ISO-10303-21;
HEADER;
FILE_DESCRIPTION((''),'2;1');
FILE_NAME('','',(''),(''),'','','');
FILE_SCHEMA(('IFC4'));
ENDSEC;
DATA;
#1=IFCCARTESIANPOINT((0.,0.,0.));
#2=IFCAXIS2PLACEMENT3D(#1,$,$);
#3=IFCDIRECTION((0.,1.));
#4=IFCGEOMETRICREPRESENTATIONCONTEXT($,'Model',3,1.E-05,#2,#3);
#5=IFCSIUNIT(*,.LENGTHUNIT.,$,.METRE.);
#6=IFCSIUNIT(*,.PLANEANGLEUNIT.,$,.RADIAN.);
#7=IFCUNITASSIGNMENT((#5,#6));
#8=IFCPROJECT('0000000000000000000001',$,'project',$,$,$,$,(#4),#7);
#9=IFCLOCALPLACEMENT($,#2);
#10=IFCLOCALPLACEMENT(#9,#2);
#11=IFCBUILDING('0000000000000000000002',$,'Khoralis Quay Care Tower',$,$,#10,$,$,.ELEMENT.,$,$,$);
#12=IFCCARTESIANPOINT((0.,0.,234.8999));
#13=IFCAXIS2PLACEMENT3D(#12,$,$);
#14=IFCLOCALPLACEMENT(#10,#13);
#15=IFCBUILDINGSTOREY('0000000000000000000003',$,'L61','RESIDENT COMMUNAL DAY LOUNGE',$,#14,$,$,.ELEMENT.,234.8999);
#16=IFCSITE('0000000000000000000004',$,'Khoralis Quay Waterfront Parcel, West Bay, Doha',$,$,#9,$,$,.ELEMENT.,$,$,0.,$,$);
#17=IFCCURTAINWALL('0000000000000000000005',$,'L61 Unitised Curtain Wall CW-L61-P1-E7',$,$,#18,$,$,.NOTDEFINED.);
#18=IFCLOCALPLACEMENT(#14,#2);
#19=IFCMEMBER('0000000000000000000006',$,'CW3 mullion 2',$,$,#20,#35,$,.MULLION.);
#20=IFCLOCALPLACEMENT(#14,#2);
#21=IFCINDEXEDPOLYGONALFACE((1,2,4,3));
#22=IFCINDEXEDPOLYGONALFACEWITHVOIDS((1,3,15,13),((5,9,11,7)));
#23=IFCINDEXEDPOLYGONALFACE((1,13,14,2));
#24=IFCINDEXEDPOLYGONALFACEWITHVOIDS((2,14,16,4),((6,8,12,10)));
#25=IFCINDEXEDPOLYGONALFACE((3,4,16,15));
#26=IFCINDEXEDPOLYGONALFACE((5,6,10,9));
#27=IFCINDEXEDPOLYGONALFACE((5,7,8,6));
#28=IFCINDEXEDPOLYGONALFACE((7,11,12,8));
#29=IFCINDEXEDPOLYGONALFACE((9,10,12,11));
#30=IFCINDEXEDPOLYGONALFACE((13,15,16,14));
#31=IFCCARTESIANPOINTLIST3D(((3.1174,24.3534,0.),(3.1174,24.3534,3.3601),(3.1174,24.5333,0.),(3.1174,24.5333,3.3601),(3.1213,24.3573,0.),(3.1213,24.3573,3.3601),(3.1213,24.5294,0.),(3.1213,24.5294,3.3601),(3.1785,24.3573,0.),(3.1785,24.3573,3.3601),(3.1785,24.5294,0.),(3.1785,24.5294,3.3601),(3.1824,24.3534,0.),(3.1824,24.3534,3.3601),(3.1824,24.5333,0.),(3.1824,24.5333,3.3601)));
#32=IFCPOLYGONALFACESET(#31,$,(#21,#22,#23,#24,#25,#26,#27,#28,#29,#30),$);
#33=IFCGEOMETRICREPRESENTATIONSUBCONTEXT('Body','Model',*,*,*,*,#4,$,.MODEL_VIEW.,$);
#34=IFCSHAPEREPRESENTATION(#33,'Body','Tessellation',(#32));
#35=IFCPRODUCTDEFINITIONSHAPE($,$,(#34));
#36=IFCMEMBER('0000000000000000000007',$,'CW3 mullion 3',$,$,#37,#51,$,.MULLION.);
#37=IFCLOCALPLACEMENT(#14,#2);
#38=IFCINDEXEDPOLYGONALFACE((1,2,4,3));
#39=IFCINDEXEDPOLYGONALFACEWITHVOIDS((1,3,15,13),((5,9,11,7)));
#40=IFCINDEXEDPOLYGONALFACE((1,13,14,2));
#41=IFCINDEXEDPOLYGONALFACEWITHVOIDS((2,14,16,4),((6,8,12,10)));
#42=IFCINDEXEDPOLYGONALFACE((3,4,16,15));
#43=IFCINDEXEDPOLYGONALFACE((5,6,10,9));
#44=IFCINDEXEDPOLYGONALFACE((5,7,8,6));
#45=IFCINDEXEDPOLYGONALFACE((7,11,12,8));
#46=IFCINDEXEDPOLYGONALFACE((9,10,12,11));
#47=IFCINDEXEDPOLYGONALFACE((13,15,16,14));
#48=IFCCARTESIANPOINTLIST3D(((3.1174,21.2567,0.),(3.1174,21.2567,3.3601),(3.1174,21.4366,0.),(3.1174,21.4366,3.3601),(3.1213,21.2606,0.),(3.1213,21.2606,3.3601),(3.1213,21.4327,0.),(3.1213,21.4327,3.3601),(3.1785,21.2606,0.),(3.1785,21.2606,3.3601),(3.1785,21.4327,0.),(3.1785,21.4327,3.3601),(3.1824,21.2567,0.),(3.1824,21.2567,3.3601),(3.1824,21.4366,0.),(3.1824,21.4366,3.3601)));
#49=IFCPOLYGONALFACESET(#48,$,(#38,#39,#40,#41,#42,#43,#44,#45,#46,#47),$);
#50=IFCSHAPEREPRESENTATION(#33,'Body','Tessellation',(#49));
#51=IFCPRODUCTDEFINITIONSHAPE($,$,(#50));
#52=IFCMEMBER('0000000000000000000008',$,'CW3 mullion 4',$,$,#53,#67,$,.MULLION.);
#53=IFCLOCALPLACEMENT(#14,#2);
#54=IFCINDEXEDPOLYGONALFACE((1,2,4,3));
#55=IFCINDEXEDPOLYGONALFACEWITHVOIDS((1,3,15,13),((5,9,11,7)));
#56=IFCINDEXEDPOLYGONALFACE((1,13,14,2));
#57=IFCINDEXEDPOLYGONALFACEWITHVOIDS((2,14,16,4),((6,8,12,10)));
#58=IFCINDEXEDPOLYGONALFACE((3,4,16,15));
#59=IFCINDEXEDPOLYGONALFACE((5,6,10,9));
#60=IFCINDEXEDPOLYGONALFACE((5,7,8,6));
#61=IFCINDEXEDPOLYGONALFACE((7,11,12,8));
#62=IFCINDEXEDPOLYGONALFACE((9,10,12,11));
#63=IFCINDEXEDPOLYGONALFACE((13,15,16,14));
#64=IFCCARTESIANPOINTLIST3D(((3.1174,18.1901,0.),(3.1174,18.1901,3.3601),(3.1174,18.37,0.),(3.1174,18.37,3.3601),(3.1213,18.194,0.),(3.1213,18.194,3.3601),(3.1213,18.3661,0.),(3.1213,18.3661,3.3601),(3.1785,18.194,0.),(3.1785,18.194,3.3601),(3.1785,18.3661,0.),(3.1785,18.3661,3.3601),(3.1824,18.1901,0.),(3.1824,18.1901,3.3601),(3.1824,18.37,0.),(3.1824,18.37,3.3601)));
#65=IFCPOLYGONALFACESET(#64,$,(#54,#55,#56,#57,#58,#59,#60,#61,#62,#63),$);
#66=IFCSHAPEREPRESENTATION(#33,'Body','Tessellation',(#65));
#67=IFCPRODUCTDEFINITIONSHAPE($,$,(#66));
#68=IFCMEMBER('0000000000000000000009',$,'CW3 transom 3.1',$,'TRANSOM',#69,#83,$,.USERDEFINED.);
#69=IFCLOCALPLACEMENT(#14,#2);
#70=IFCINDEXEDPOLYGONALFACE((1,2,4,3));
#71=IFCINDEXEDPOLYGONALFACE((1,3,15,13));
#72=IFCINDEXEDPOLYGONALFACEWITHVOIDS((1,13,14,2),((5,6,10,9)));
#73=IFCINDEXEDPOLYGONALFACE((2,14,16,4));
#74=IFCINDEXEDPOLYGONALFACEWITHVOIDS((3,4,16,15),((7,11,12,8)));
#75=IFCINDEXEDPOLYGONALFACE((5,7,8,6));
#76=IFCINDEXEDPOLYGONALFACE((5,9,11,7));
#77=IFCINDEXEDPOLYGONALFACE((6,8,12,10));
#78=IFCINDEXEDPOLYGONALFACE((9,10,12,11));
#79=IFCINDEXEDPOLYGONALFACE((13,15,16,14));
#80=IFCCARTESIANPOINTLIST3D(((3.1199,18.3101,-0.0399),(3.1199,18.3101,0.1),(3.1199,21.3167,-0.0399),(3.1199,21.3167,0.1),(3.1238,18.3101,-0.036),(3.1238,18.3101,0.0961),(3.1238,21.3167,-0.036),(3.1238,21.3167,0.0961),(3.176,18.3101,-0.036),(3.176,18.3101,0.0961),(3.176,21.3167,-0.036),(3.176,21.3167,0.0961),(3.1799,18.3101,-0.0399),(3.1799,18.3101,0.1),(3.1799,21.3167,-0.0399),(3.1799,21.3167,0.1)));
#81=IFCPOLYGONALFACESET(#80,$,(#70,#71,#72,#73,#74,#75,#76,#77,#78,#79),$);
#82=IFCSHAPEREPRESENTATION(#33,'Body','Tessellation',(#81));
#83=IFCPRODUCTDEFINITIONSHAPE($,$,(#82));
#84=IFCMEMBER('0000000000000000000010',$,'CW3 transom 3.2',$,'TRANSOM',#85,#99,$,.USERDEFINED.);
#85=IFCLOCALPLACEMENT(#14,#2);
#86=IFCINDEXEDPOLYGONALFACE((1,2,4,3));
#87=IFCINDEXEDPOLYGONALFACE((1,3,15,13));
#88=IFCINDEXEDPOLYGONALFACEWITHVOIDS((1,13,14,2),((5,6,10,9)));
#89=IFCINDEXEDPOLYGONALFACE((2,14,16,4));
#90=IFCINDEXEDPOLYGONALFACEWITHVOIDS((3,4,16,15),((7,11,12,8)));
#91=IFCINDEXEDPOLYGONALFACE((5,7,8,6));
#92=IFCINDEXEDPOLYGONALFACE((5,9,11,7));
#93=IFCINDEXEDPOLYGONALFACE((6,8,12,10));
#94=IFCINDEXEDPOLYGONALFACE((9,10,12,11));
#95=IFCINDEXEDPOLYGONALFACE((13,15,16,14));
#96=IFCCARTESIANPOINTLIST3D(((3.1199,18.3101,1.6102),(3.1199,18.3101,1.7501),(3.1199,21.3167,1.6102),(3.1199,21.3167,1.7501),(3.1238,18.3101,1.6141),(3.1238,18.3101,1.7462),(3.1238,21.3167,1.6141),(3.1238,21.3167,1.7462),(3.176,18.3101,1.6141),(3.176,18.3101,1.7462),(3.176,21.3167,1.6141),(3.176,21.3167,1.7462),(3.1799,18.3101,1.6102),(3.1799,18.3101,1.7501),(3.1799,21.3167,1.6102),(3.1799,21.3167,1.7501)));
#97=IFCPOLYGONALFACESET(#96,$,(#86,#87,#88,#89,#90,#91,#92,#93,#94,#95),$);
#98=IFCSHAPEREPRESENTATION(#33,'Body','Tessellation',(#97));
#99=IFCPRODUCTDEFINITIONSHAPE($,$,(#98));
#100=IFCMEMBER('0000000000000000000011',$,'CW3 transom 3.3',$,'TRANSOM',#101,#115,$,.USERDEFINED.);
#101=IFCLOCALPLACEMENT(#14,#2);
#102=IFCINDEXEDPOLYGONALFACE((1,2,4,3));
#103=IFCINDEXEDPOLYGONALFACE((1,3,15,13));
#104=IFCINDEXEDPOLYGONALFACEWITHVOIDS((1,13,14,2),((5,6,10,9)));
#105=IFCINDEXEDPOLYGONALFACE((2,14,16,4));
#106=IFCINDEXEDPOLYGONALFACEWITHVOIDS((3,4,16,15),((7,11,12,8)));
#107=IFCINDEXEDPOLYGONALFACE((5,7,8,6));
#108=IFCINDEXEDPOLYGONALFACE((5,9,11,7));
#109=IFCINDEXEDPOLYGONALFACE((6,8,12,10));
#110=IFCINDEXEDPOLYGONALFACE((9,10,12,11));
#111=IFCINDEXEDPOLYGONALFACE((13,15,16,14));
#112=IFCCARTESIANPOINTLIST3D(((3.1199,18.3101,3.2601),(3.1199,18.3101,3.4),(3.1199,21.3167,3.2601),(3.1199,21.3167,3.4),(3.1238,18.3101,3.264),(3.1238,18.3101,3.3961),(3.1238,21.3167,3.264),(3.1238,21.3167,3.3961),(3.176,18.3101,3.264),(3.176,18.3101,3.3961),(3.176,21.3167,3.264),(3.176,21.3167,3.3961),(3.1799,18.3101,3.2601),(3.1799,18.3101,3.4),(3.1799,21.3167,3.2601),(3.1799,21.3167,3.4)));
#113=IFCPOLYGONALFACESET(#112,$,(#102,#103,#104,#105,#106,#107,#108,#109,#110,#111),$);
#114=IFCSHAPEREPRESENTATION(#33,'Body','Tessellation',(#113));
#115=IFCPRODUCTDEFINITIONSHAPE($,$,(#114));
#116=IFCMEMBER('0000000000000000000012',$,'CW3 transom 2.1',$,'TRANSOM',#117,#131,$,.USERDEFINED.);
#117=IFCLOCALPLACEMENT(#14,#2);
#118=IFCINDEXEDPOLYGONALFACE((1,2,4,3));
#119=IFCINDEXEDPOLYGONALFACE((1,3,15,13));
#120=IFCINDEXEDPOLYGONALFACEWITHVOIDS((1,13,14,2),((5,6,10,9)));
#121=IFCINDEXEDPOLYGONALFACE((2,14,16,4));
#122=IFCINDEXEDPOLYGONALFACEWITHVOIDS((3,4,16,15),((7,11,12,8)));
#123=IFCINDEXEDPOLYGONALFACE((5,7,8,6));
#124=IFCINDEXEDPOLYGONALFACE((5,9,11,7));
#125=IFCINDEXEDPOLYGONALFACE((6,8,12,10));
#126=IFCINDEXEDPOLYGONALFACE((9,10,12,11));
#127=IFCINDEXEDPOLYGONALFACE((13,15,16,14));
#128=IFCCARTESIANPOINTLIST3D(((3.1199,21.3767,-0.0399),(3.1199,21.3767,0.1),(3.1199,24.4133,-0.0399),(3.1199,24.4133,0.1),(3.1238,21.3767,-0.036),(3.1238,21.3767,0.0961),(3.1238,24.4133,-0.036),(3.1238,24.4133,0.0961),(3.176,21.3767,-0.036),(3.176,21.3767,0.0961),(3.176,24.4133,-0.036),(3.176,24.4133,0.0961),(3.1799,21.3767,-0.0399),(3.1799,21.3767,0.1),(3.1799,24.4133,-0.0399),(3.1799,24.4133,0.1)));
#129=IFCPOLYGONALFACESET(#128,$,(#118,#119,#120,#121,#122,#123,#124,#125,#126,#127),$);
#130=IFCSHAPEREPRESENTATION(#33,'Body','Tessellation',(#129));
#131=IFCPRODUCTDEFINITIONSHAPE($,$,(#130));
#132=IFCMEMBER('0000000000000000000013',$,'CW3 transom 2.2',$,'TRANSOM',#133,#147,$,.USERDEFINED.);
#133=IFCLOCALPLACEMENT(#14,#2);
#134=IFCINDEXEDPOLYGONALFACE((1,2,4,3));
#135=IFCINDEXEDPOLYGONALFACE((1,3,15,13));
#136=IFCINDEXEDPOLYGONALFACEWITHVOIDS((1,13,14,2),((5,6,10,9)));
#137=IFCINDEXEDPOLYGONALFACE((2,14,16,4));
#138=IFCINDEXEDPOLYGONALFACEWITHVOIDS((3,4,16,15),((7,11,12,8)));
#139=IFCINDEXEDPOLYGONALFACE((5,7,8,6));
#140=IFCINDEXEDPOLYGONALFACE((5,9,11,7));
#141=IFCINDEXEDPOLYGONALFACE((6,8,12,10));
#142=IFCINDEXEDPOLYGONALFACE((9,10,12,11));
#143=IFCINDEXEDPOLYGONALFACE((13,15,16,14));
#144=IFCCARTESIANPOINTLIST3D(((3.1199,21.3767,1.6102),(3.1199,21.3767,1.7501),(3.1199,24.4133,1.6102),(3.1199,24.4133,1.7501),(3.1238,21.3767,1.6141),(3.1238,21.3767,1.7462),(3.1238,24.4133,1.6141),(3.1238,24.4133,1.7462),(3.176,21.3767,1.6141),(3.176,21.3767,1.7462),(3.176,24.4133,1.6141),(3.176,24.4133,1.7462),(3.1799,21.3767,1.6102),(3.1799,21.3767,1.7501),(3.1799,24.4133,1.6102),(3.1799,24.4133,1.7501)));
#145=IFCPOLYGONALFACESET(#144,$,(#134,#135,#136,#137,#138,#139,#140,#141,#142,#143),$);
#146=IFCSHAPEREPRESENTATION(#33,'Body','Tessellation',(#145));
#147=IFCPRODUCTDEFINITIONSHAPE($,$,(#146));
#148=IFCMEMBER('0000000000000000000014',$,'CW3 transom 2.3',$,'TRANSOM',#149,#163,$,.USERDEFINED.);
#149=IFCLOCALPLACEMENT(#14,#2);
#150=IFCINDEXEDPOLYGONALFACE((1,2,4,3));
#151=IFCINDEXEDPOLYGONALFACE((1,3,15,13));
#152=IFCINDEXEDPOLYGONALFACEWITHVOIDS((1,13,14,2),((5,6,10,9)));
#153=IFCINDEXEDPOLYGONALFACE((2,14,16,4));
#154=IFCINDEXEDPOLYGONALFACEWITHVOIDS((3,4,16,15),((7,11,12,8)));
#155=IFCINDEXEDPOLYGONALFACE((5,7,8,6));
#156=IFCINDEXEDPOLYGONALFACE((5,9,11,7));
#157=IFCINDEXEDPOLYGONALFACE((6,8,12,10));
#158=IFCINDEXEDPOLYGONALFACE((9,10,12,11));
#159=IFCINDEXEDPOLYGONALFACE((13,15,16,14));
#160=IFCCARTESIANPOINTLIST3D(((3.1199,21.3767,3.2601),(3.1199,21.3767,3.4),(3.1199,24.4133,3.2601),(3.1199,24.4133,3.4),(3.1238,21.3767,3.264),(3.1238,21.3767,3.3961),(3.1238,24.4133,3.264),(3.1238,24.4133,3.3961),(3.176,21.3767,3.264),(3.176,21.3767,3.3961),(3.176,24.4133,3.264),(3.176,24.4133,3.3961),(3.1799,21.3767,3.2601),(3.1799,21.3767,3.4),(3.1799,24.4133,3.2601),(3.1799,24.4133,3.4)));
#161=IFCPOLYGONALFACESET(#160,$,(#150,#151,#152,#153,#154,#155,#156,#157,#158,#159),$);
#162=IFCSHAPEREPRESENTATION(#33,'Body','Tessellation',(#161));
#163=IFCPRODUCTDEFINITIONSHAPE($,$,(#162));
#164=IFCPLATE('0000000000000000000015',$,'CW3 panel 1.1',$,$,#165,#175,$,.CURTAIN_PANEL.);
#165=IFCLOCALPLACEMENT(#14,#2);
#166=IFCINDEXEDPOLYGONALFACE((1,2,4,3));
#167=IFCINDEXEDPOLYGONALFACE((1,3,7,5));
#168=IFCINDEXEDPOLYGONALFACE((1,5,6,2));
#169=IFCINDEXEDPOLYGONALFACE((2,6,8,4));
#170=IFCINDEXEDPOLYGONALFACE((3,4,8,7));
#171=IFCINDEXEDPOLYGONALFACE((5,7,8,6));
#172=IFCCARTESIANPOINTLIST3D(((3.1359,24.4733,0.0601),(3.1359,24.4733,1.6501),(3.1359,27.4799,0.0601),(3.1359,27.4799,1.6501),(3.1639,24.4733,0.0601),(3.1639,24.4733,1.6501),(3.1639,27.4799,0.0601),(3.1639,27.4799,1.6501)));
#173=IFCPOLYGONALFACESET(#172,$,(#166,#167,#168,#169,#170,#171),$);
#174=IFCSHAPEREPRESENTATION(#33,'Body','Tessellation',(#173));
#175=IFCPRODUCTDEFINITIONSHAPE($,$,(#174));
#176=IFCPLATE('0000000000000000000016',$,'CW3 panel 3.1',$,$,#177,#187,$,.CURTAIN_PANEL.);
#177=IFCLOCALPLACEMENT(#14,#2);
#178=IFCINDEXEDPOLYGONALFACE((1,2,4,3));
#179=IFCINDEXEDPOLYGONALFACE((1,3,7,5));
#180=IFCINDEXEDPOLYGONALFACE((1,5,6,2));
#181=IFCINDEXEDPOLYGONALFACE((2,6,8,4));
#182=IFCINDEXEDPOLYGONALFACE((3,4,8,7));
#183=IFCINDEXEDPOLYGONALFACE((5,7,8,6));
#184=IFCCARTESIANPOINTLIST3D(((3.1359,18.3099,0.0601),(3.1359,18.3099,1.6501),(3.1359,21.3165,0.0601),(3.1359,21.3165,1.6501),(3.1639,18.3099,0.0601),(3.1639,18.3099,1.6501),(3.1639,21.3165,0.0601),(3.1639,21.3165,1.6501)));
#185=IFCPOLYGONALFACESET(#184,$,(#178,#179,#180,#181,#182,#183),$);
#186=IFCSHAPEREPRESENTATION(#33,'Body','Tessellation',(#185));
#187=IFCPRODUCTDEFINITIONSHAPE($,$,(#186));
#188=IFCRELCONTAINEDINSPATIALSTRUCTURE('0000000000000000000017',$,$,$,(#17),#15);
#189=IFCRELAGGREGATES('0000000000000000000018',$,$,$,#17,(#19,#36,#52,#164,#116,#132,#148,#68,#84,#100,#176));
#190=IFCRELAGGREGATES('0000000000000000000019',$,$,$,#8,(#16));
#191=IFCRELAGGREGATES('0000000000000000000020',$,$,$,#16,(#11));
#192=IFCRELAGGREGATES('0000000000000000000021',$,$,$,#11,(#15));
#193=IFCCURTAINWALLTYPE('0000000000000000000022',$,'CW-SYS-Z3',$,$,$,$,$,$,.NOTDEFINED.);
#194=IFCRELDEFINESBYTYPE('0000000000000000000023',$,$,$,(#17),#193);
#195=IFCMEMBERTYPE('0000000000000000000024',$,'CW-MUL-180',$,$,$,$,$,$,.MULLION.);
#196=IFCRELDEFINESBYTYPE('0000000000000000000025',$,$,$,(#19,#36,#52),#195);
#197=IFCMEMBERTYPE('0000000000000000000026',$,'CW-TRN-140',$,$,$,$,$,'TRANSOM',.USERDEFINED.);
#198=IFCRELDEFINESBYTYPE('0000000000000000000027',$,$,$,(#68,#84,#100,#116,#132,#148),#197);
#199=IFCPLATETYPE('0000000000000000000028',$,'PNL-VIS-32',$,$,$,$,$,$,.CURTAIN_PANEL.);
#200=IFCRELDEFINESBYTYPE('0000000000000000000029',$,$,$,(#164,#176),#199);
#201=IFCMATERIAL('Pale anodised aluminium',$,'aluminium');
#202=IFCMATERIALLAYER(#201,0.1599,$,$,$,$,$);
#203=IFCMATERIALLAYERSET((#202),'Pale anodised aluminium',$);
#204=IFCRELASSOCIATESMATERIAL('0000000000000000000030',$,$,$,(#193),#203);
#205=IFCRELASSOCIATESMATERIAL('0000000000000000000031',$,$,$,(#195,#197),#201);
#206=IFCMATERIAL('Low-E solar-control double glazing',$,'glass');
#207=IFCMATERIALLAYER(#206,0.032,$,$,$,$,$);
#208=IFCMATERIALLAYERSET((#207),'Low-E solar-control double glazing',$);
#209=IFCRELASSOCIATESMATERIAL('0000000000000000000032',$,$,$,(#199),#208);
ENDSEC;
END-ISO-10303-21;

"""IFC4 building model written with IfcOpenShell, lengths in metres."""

from ifc_helpers import new_model, si_unit, direction, frame, origin, origin_2d, place, context, subcontext, project, spatial, rectangle, hollow_rectangle, extrude, source, transform, mapped, material, layer, layer_set, material_profile, profile_set, type_object, element, aggregate, save


model = new_model("IFC4")

# Units and contexts
model_context = context("Model", 3, precision=1e-05, world=origin(), true_north=direction((0.0, 1.0)))
body_context = subcontext(model_context, "Body", "Model", "MODEL_VIEW")
ifc_project = project(units=[si_unit("LENGTHUNIT", "METRE"), si_unit("PLANEANGLEUNIT", "RADIAN")], contexts=[model_context])

# Site, building, storey
site_placement = place(None, origin())
site = spatial("IfcSite", under=ifc_project, at=site_placement, Name="Khoralis Quay Waterfront Parcel, West Bay, Doha", CompositionType="ELEMENT", RefElevation=0.0)
building_placement = place(site_placement, origin())
building = spatial("IfcBuilding", under=site, at=building_placement, Name="Khoralis Quay Care Tower", CompositionType="ELEMENT")
storey_placement = place(building_placement, frame((0.0, 0.0, 234.8999)))
storey = spatial("IfcBuildingStorey", under=building, at=storey_placement, Name="L61", Description="RESIDENT COMMUNAL DAY LOUNGE", CompositionType="ELEMENT", Elevation=234.8999)

# Curtain wall, members, plates
ifc_material_1 = material(Name="Pale anodised aluminium", Category="aluminium")
ifc_layer_1 = layer(ifc_material_1, 0.1599)
ifc_layer_set_1 = layer_set([ifc_layer_1], Name="Pale anodised aluminium")
curtain_wall_type = type_object("IfcCurtainWallType", Name="CW-SYS-Z3", PredefinedType="NOTDEFINED", material=ifc_layer_set_1)
curtain_wall_placement = place(storey_placement, origin())
curtain_wall = element("IfcCurtainWall", 1, at=curtain_wall_placement, inside=storey, type_object=curtain_wall_type, Name="L61 Unitised Curtain Wall CW-L61-P1-E7", PredefinedType="NOTDEFINED")
ifc_material_profile_1 = material_profile(ifc_material_1, hollow_rectangle(XDim=0.0649, YDim=0.1799, WallThickness=0.0039, at=origin_2d()), Name="Pale anodised aluminium")
ifc_profile_set_1 = profile_set([ifc_material_profile_1], Name="Pale anodised aluminium")
member_type_1 = type_object("IfcMemberType", Name="CW-MUL-180", PredefinedType="MULLION", material=ifc_profile_set_1)
shared_shape_1 = source(origin(), body_context, "Body", "SweptSolid", [
    extrude(hollow_rectangle(XDim=0.0649, YDim=0.1799, WallThickness=0.0039, at=origin_2d()), origin(), (0.0, 0.0, 1.0), 3.3601),
])
member_1_placement = place(storey_placement, frame((3.1499, 24.4434, 0.0), z_axis=(0.0, 0.0, 1.0), x_axis=(1.0, 0.0, 0.0)))
member_1 = element("IfcMember", 2, at=member_1_placement, type_object=member_type_1, Name="CW3 mullion 2", PredefinedType="MULLION", context=body_context, shape_type="MappedRepresentation", body=[
    mapped(shared_shape_1, transform((0.0, 0.0, 0.0), scale=1.0)),
])
member_2_placement = place(storey_placement, frame((3.1499, 21.3467, 0.0), z_axis=(0.0, 0.0, 1.0), x_axis=(1.0, 0.0, 0.0)))
member_2 = element("IfcMember", 3, at=member_2_placement, type_object=member_type_1, Name="CW3 mullion 3", PredefinedType="MULLION", context=body_context, shape_type="MappedRepresentation", body=[
    mapped(shared_shape_1, transform((0.0, 0.0, 0.0), scale=1.0)),
])
member_3_placement = place(storey_placement, frame((3.1499, 18.28, 0.0), z_axis=(0.0, 0.0, 1.0), x_axis=(1.0, 0.0, 0.0)))
member_3 = element("IfcMember", 4, at=member_3_placement, type_object=member_type_1, Name="CW3 mullion 4", PredefinedType="MULLION", context=body_context, shape_type="MappedRepresentation", body=[
    mapped(shared_shape_1, transform((0.0, 0.0, 0.0), scale=1.0)),
])
ifc_material_profile_2 = material_profile(ifc_material_1, hollow_rectangle(XDim=0.0601, YDim=0.1399, WallThickness=0.0039, at=origin_2d()), Name="Pale anodised aluminium")
ifc_profile_set_2 = profile_set([ifc_material_profile_2], Name="Pale anodised aluminium")
member_type_2 = type_object("IfcMemberType", Name="CW-TRN-140", ElementType="TRANSOM", PredefinedType="USERDEFINED", material=ifc_profile_set_2)
shared_shape_2 = source(origin(), body_context, "Body", "SweptSolid", [
    extrude(hollow_rectangle(XDim=0.0601, YDim=0.1399, WallThickness=0.0039, at=origin_2d()), origin(), (0.0, 0.0, 1.0), 3.0066),
])
member_4_placement = place(storey_placement, frame((3.1499, 21.3167, 0.03), z_axis=(0.0, -1.0, 0.0), x_axis=(1.0, 0.0, 0.0)))
member_4 = element("IfcMember", 5, at=member_4_placement, type_object=member_type_2, Name="CW3 transom 3.1", ObjectType="TRANSOM", PredefinedType="USERDEFINED", context=body_context, shape_type="MappedRepresentation", body=[
    mapped(shared_shape_2, transform((0.0, 0.0, 0.0), scale=1.0)),
])
member_5_placement = place(storey_placement, frame((3.1499, 21.3167, 1.6802), z_axis=(0.0, -1.0, 0.0), x_axis=(1.0, 0.0, 0.0)))
member_5 = element("IfcMember", 6, at=member_5_placement, type_object=member_type_2, Name="CW3 transom 3.2", ObjectType="TRANSOM", PredefinedType="USERDEFINED", context=body_context, shape_type="MappedRepresentation", body=[
    mapped(shared_shape_2, transform((0.0, 0.0, 0.0), scale=1.0)),
])
member_6_placement = place(storey_placement, frame((3.1499, 21.3167, 3.3301), z_axis=(0.0, -1.0, 0.0), x_axis=(1.0, 0.0, 0.0)))
member_6 = element("IfcMember", 7, at=member_6_placement, type_object=member_type_2, Name="CW3 transom 3.3", ObjectType="TRANSOM", PredefinedType="USERDEFINED", context=body_context, shape_type="MappedRepresentation", body=[
    mapped(shared_shape_2, transform((0.0, 0.0, 0.0), scale=1.0)),
])
shared_shape_3 = source(origin(), body_context, "Body", "SweptSolid", [
    extrude(hollow_rectangle(XDim=0.0601, YDim=0.1399, WallThickness=0.0039, at=origin_2d()), origin(), (0.0, 0.0, 1.0), 3.0366),
])
member_7_placement = place(storey_placement, frame((3.1499, 24.4133, 0.03), z_axis=(0.0, -1.0, 0.0), x_axis=(1.0, 0.0, 0.0)))
member_7 = element("IfcMember", 8, at=member_7_placement, type_object=member_type_2, Name="CW3 transom 2.1", ObjectType="TRANSOM", PredefinedType="USERDEFINED", context=body_context, shape_type="MappedRepresentation", body=[
    mapped(shared_shape_3, transform((0.0, 0.0, 0.0), scale=1.0)),
])
member_8_placement = place(storey_placement, frame((3.1499, 24.4133, 1.6802), z_axis=(0.0, -1.0, 0.0), x_axis=(1.0, 0.0, 0.0)))
member_8 = element("IfcMember", 9, at=member_8_placement, type_object=member_type_2, Name="CW3 transom 2.2", ObjectType="TRANSOM", PredefinedType="USERDEFINED", context=body_context, shape_type="MappedRepresentation", body=[
    mapped(shared_shape_3, transform((0.0, 0.0, 0.0), scale=1.0)),
])
member_9_placement = place(storey_placement, frame((3.1499, 24.4133, 3.3301), z_axis=(0.0, -1.0, 0.0), x_axis=(1.0, 0.0, 0.0)))
member_9 = element("IfcMember", 10, at=member_9_placement, type_object=member_type_2, Name="CW3 transom 2.3", ObjectType="TRANSOM", PredefinedType="USERDEFINED", context=body_context, shape_type="MappedRepresentation", body=[
    mapped(shared_shape_3, transform((0.0, 0.0, 0.0), scale=1.0)),
])
ifc_material_2 = material(Name="Low-E solar-control double glazing", Category="glass")
ifc_layer_2 = layer(ifc_material_2, 0.032)
ifc_layer_set_2 = layer_set([ifc_layer_2], Name="Low-E solar-control double glazing")
plate_type = type_object("IfcPlateType", Name="PNL-VIS-32", PredefinedType="CURTAIN_PANEL", material=ifc_layer_set_2)
shared_shape_4 = source(origin(), body_context, "Body", "SweptSolid", [
    extrude(rectangle(XDim=3.0066, YDim=0.0281, at=origin_2d()), origin(), (0.0, 0.0, 1.0), 1.5901),
])
plate_1_placement = place(storey_placement, frame((3.1499, 25.9766, 0.0601), z_axis=(0.0, 0.0, 1.0), x_axis=(0.0, -1.0, 0.0)))
plate_1 = element("IfcPlate", 11, at=plate_1_placement, type_object=plate_type, Name="CW3 panel 1.1", PredefinedType="CURTAIN_PANEL", context=body_context, shape_type="MappedRepresentation", body=[
    mapped(shared_shape_4, transform((0.0, 0.0, 0.0), scale=1.0)),
])
plate_2_placement = place(storey_placement, frame((3.1499, 19.8132, 0.0601), z_axis=(0.0, 0.0, 1.0), x_axis=(0.0, -1.0, 0.0)))
plate_2 = element("IfcPlate", 12, at=plate_2_placement, type_object=plate_type, Name="CW3 panel 3.1", PredefinedType="CURTAIN_PANEL", context=body_context, shape_type="MappedRepresentation", body=[
    mapped(shared_shape_4, transform((0.0, 0.0, 0.0), scale=1.0)),
])
aggregate(curtain_wall, [member_1, member_2, member_3, plate_1, member_7, member_8, member_9, member_4, member_5, member_6, plate_2])

save(model, "model.ifc")
